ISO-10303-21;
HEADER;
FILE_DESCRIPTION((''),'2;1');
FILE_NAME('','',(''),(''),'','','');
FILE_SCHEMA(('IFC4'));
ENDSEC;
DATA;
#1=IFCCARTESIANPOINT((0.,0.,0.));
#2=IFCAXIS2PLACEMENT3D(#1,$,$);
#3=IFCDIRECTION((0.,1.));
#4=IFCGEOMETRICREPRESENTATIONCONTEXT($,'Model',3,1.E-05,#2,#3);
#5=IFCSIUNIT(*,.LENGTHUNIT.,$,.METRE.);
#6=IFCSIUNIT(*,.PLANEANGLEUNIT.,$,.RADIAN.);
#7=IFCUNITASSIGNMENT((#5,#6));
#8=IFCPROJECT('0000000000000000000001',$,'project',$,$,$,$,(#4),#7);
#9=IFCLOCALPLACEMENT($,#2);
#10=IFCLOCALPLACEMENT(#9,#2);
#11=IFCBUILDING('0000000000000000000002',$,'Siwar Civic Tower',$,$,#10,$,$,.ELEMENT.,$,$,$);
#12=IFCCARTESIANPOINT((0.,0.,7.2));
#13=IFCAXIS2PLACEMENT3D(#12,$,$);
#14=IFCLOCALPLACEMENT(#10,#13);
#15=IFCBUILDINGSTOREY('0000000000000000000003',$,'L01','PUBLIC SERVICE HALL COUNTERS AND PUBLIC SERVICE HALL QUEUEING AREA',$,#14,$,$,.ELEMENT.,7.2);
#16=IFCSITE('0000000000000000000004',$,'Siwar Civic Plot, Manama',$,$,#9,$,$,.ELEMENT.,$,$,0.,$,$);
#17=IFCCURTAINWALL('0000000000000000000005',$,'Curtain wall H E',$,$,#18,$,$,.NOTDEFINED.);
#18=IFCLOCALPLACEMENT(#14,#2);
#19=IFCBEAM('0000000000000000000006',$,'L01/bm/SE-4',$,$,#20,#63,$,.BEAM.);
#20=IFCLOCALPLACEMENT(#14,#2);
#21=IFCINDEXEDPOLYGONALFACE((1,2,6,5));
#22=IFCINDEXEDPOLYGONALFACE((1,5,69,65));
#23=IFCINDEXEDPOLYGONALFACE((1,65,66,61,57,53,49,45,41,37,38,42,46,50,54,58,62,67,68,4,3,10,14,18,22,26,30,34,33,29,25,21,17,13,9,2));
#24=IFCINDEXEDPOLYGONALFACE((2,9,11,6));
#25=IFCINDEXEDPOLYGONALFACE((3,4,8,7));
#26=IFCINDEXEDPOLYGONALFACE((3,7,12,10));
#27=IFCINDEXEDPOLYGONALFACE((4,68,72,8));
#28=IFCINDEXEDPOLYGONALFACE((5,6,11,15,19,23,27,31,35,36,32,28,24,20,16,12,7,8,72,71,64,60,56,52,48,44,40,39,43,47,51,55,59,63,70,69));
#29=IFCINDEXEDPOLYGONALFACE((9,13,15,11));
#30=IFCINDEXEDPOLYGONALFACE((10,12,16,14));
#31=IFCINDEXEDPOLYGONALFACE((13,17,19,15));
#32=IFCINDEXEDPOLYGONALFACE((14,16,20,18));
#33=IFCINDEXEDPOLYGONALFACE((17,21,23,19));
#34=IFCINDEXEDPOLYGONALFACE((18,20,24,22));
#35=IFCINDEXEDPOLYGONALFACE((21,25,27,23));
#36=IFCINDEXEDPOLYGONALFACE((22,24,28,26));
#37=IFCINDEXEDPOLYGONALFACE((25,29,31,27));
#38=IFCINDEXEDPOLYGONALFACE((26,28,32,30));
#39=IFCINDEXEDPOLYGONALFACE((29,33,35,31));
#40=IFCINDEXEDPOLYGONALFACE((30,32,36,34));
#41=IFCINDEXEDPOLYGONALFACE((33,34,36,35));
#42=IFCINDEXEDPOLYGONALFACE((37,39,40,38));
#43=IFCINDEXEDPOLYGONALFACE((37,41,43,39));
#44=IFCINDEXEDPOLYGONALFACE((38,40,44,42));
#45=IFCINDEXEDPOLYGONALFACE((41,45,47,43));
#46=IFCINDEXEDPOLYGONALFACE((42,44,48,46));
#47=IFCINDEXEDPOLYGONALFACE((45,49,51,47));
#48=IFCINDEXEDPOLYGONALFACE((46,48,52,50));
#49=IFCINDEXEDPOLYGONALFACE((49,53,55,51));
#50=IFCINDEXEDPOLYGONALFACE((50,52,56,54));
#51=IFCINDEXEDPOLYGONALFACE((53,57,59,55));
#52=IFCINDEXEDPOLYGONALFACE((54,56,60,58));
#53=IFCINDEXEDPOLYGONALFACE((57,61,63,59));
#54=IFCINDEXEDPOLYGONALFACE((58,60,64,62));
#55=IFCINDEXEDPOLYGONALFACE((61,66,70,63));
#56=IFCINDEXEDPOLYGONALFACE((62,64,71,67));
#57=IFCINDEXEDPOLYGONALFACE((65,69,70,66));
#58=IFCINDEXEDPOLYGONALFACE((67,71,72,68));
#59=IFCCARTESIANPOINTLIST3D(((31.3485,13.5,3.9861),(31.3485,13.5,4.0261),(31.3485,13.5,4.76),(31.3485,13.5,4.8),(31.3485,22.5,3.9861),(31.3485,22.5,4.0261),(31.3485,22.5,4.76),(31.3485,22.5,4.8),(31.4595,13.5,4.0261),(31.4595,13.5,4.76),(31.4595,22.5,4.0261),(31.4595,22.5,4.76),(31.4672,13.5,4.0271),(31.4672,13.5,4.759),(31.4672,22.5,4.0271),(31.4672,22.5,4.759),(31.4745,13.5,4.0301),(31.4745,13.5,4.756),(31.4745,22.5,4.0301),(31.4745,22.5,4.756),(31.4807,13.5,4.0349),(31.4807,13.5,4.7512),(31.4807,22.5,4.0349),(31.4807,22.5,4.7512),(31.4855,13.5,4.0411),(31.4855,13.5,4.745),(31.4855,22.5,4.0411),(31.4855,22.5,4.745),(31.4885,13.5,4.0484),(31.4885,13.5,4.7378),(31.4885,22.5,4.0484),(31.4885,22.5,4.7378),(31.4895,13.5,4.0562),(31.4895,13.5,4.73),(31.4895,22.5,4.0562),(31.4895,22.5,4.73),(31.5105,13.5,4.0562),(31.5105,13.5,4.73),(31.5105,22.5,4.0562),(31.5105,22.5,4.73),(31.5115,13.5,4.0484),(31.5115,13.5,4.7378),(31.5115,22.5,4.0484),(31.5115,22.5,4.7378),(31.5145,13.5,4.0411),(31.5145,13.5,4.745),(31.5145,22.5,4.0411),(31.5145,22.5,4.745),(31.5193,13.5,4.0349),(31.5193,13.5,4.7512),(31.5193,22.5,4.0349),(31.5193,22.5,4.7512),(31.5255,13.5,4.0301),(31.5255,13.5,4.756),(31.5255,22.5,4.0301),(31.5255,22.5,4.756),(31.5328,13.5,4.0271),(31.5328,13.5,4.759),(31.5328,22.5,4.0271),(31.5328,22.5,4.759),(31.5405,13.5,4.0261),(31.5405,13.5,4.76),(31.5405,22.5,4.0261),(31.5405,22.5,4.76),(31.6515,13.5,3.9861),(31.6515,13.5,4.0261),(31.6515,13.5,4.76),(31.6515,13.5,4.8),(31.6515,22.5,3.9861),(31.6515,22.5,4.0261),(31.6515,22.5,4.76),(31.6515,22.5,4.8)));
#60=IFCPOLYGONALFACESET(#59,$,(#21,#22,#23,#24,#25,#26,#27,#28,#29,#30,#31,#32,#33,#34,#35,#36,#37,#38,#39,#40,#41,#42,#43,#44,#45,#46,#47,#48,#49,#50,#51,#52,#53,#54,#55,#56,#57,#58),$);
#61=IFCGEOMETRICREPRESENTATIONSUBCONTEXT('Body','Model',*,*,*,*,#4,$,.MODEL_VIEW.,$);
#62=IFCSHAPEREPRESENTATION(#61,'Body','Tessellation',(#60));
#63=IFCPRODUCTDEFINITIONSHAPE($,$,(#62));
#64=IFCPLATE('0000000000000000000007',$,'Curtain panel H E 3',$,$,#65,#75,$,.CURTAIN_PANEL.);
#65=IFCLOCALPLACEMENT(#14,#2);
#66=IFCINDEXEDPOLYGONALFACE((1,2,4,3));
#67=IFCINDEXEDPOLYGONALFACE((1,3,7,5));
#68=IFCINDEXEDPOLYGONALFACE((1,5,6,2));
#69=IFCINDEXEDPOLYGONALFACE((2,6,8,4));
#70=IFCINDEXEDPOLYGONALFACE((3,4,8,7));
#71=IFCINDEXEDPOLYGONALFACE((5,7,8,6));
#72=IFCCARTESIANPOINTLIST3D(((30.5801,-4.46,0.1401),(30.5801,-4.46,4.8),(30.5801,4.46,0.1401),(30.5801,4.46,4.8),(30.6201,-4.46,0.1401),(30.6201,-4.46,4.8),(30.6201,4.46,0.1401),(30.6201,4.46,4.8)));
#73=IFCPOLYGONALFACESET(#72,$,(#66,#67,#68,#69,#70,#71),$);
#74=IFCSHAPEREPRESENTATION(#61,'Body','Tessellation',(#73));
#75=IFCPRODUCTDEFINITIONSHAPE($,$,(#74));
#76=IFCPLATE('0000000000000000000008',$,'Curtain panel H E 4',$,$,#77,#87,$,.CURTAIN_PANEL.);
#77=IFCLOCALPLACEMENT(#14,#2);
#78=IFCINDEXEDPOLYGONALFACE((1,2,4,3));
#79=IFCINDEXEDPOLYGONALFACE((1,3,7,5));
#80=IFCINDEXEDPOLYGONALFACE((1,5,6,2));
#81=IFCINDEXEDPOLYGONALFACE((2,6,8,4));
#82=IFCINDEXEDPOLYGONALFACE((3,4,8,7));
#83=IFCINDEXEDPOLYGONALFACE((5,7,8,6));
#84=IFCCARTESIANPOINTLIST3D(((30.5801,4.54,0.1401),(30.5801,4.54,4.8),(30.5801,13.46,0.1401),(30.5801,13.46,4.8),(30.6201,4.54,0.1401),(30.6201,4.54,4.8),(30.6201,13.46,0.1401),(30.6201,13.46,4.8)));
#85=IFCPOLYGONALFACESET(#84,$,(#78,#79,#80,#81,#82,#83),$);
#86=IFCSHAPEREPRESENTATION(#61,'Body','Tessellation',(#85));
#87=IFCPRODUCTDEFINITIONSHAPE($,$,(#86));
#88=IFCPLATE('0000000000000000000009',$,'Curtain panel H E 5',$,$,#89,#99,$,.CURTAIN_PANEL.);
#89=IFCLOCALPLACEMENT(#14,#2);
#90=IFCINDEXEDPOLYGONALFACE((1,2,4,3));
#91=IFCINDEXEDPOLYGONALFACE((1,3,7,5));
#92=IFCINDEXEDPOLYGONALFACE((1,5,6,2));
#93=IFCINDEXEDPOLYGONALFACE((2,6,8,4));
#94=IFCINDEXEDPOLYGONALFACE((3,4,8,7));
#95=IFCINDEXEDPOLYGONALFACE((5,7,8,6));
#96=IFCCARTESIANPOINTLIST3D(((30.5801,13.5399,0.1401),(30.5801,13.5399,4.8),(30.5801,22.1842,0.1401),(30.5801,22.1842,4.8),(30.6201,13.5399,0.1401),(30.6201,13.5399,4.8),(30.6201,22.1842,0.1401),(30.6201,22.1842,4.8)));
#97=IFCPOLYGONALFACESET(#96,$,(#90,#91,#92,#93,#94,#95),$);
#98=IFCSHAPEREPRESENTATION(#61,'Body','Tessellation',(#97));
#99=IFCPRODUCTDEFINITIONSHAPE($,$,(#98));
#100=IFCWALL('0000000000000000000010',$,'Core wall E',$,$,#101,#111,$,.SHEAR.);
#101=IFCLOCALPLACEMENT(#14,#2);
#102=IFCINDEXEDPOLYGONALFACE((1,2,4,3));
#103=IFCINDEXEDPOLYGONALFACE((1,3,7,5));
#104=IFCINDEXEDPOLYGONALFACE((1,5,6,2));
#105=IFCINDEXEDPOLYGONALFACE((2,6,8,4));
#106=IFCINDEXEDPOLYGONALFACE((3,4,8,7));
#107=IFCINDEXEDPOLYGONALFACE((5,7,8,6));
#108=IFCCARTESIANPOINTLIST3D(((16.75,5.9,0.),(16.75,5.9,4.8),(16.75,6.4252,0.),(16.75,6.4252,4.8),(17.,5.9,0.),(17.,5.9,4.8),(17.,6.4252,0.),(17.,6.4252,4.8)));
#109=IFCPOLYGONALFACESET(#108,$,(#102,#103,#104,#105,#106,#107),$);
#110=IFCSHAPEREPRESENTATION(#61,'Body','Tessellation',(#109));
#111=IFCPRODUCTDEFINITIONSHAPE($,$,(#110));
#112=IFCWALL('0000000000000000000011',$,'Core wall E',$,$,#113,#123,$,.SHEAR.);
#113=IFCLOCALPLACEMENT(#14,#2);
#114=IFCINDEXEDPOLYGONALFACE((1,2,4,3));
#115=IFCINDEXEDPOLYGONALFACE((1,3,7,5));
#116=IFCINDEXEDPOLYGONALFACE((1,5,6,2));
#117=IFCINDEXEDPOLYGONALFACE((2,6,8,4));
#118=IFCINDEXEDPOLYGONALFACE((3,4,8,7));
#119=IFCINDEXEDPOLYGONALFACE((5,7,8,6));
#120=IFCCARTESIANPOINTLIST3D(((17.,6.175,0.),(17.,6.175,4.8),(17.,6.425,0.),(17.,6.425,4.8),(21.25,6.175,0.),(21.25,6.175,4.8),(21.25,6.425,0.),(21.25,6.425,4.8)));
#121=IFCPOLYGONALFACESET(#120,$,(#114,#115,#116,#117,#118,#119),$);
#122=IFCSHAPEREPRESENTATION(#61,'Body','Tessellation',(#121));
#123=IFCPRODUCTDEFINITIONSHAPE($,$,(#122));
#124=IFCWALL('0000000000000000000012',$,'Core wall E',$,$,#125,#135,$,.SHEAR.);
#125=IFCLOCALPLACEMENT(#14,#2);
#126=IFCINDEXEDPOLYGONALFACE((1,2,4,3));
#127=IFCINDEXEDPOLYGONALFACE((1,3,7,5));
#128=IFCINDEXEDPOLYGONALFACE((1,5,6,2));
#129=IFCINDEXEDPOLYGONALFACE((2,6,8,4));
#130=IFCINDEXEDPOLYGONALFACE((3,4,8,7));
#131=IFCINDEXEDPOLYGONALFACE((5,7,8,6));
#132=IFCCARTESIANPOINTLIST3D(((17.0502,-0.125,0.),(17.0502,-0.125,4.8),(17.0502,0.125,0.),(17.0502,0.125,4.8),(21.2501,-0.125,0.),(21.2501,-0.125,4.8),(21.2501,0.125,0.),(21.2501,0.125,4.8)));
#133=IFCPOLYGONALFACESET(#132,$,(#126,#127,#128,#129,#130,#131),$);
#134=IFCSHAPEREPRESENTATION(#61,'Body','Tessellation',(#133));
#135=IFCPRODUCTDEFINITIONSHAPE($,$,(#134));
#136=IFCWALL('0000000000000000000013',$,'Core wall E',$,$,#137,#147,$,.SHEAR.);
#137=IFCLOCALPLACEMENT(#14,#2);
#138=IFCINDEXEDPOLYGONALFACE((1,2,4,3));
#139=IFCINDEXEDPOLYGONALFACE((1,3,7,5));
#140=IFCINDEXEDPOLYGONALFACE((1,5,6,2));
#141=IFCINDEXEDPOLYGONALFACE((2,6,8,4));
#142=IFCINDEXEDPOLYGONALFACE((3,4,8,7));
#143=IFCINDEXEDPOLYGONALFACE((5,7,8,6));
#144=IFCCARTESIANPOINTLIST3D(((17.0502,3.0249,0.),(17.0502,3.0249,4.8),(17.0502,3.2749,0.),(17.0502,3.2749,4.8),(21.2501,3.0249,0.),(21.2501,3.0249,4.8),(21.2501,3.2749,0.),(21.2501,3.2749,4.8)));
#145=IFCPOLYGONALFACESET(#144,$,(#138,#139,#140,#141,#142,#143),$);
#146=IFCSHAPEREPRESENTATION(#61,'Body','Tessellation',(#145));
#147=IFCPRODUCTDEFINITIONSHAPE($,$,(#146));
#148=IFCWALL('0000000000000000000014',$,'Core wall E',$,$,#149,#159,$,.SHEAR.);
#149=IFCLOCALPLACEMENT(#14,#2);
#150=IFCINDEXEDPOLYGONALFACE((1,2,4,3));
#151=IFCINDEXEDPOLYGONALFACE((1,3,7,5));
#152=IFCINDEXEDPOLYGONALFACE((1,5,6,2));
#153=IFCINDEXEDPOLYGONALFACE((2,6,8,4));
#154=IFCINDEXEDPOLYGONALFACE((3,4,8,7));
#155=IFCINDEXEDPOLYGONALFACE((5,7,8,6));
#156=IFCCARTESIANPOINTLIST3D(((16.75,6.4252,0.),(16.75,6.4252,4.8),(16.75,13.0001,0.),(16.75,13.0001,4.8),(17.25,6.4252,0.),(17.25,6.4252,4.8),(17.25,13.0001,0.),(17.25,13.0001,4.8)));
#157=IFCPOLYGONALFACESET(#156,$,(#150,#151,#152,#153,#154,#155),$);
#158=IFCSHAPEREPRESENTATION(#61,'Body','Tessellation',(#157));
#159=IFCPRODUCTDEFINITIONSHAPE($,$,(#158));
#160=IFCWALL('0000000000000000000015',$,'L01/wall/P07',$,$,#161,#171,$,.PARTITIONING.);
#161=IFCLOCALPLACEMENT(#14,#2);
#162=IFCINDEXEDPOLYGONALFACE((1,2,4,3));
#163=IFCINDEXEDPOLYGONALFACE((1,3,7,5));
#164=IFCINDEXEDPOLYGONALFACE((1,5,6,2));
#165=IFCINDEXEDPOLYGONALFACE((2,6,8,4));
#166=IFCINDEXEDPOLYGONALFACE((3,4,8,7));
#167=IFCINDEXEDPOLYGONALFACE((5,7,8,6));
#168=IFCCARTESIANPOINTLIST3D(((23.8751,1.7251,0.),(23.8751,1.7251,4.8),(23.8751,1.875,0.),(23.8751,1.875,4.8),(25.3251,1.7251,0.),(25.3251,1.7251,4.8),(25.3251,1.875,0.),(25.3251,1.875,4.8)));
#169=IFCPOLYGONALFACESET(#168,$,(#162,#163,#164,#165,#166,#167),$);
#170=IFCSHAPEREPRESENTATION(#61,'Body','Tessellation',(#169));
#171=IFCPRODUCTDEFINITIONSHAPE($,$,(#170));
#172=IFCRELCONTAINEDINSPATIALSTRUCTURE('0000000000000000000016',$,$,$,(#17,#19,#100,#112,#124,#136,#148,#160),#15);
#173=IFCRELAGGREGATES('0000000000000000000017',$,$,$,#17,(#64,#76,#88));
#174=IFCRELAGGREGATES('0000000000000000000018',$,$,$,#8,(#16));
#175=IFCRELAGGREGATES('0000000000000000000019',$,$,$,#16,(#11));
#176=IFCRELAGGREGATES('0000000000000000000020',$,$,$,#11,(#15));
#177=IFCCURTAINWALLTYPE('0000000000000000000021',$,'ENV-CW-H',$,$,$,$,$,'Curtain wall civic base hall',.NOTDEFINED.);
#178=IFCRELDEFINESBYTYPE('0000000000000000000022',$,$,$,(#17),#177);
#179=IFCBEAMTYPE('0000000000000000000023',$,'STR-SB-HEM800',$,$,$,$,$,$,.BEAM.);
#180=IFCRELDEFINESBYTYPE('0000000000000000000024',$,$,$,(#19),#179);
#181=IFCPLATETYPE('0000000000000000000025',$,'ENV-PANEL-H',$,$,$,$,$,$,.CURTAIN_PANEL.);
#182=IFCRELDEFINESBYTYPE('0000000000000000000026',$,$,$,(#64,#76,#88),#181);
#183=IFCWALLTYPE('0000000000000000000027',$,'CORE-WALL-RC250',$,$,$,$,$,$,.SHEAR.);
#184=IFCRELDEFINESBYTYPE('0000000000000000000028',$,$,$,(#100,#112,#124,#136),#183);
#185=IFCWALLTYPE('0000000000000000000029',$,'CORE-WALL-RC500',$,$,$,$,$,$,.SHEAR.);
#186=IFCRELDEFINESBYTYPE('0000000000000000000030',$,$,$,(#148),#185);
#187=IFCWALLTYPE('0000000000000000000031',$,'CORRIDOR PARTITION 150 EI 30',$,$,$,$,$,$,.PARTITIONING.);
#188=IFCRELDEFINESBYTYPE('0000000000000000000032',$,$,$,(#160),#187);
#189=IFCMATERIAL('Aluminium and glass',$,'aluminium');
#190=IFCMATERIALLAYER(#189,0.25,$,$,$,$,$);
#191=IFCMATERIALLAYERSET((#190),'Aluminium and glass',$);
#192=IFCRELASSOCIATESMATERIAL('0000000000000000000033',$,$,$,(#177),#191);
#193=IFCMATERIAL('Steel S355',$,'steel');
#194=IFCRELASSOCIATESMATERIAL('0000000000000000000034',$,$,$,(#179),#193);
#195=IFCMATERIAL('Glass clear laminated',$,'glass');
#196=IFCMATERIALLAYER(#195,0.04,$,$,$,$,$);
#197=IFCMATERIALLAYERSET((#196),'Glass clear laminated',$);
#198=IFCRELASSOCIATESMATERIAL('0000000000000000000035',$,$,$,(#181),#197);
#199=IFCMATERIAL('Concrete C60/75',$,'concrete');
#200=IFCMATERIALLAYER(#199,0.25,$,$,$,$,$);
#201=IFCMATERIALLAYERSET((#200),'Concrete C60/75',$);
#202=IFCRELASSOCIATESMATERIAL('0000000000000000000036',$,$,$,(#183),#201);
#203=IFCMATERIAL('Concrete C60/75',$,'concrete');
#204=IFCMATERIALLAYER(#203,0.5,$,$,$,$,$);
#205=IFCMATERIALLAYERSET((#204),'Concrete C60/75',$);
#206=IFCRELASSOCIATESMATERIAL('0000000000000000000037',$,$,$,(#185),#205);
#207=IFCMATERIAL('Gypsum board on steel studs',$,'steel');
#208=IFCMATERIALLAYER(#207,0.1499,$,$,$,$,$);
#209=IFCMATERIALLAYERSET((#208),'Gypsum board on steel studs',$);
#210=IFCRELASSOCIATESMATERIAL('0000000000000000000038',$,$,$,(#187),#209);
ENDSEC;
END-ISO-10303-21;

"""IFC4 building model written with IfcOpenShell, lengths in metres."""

from ifc_helpers import new_model, si_unit, direction, frame, frame_2d, origin, origin_2d, place, context, subcontext, project, spatial, rectangle, i_section, extrude, material, layer, layer_set, material_profile, profile_set, type_object, element, aggregate, save


model = new_model("IFC4")

# Units and contexts
model_context = context("Model", 3, precision=1e-05, world=origin(), true_north=direction((0.0, 1.0)))
body_context = subcontext(model_context, "Body", "Model", "MODEL_VIEW")
ifc_project = project(units=[si_unit("LENGTHUNIT", "METRE"), si_unit("PLANEANGLEUNIT", "RADIAN")], contexts=[model_context])

# Site, building, storey
site_placement = place(None, origin())
site = spatial("IfcSite", under=ifc_project, at=site_placement, Name="Siwar Civic Plot, Manama", CompositionType="ELEMENT", RefElevation=0.0)
building_placement = place(site_placement, origin())
building = spatial("IfcBuilding", under=site, at=building_placement, Name="Siwar Civic Tower", CompositionType="ELEMENT")
storey_placement = place(building_placement, frame((0.0, 0.0, 7.2)))
storey = spatial("IfcBuildingStorey", under=building, at=storey_placement, Name="L01", Description="PUBLIC SERVICE HALL COUNTERS AND PUBLIC SERVICE HALL QUEUEING AREA", CompositionType="ELEMENT", Elevation=7.2)

# Curtain wall
ifc_material_1 = material(Name="Aluminium and glass", Category="aluminium")
ifc_layer_1 = layer(ifc_material_1, 0.25)
ifc_layer_set_1 = layer_set([ifc_layer_1], Name="Aluminium and glass")
curtain_wall_type = type_object("IfcCurtainWallType", Name="ENV-CW-H", ElementType="Curtain wall civic base hall", PredefinedType="NOTDEFINED", material=ifc_layer_set_1)
curtain_wall_placement = place(storey_placement, origin())
curtain_wall = element("IfcCurtainWall", 1, at=curtain_wall_placement, inside=storey, type_object=curtain_wall_type, Name="Curtain wall H E", PredefinedType="NOTDEFINED")

# Beam
ifc_material_2 = material(Name="Steel S355", Category="steel")
ifc_material_profile_1 = material_profile(ifc_material_2, i_section(OverallWidth=0.303, OverallDepth=0.814, WebThickness=0.021, FlangeThickness=0.04, FilletRadius=0.03, at=origin_2d()), Name="HEM800")
ifc_profile_set_1 = profile_set([ifc_material_profile_1], Name="Steel S355")
beam_type_1 = type_object("IfcBeamType", Name="STR-SB-HEM800", PredefinedType="BEAM", material=ifc_profile_set_1)
for number, where, z_axis, x_axis, name in (
    (2, (31.5, 13.5, 4.3931), (0.0, 1.0, 0.0), (-1.0, 0.0, 0.0), "L01/bm/SE-4"),
):
    element("IfcBeam", number, at=place(storey_placement, frame(where, z_axis=z_axis, x_axis=x_axis)), inside=storey, type_object=beam_type_1, Name=name, PredefinedType="BEAM", context=body_context, shape_type="SweptSolid", body=[
        extrude(i_section(OverallWidth=0.303, OverallDepth=0.814, WebThickness=0.021, FlangeThickness=0.04, FilletRadius=0.03, at=origin_2d()), origin(), (0.0, 0.0, 1.0), 9.0),
    ])

# Plates
ifc_material_3 = material(Name="Glass clear laminated", Category="glass")
ifc_layer_2 = layer(ifc_material_3, 0.04)
ifc_layer_set_2 = layer_set([ifc_layer_2], Name="Glass clear laminated")
plate_type = type_object("IfcPlateType", Name="ENV-PANEL-H", PredefinedType="CURTAIN_PANEL", material=ifc_layer_set_2)
plate_1_placement = place(storey_placement, frame((30.6001, 0.0, 0.1401), z_axis=(0.0, 0.0, 1.0), x_axis=(0.0, 1.0, 0.0)))
plate_1 = element("IfcPlate", 3, at=plate_1_placement, type_object=plate_type, Name="Curtain panel H E 3", PredefinedType="CURTAIN_PANEL", context=body_context, shape_type="SweptSolid", body=[
    extrude(rectangle(XDim=8.9199, YDim=0.04, at=origin_2d()), origin(), (0.0, 0.0, 1.0), 4.6599),
])
plate_2_placement = place(storey_placement, frame((30.6001, 9.0, 0.1401), z_axis=(0.0, 0.0, 1.0), x_axis=(0.0, 1.0, 0.0)))
plate_2 = element("IfcPlate", 4, at=plate_2_placement, type_object=plate_type, Name="Curtain panel H E 4", PredefinedType="CURTAIN_PANEL", context=body_context, shape_type="SweptSolid", body=[
    extrude(rectangle(XDim=8.9199, YDim=0.04, at=origin_2d()), origin(), (0.0, 0.0, 1.0), 4.6599),
])
plate_3_placement = place(storey_placement, frame((30.6001, 17.8621, 0.1401), z_axis=(0.0, 0.0, 1.0), x_axis=(0.0, 1.0, 0.0)))
plate_3 = element("IfcPlate", 5, at=plate_3_placement, type_object=plate_type, Name="Curtain panel H E 5", PredefinedType="CURTAIN_PANEL", context=body_context, shape_type="SweptSolid", body=[
    extrude(rectangle(XDim=8.6443, YDim=0.04, at=origin_2d()), origin(), (0.0, 0.0, 1.0), 4.6599),
])
aggregate(curtain_wall, [plate_1, plate_2, plate_3])

# Walls
ifc_material_4 = material(Name="Concrete C60/75", Category="concrete")
ifc_layer_3 = layer(ifc_material_4, 0.25)
ifc_layer_set_3 = layer_set([ifc_layer_3], Name="Concrete C60/75")
wall_type_1 = type_object("IfcWallType", Name="CORE-WALL-RC250", PredefinedType="SHEAR", material=ifc_layer_set_3)
wall_1_placement = place(storey_placement, frame((16.875, 5.8999, 0.0), z_axis=(0.0, 0.0, 1.0), x_axis=(0.0, 1.0, 0.0)))
element("IfcWall", 6, at=wall_1_placement, inside=storey, type_object=wall_type_1, Name="Core wall E", PredefinedType="SHEAR", context=body_context, shape_type="SweptSolid", body=[
    extrude(rectangle(XDim=0.5251, YDim=0.25, at=frame_2d((0.2627, 0.0))), origin(), (0.0, 0.0, 1.0), 4.8),
])
wall_2_placement = place(storey_placement, frame((17.0, 6.3, 0.0), z_axis=(0.0, 0.0, 1.0), x_axis=(1.0, 0.0, 0.0)))
element("IfcWall", 7, at=wall_2_placement, inside=storey, type_object=wall_type_1, Name="Core wall E", PredefinedType="SHEAR", context=body_context, shape_type="SweptSolid", body=[
    extrude(rectangle(XDim=4.25, YDim=0.25, at=frame_2d((2.125, 0.0))), origin(), (0.0, 0.0, 1.0), 4.8),
])
for number, where, z_axis, x_axis, name in (
    (8, (17.05, 0.0, 0.0), (0.0, 0.0, 1.0), (1.0, 0.0, 0.0), "Core wall E"),
    (9, (17.05, 3.1499, 0.0), (0.0, 0.0, 1.0), (1.0, 0.0, 0.0), "Core wall E"),
):
    element("IfcWall", number, at=place(storey_placement, frame(where, z_axis=z_axis, x_axis=x_axis)), inside=storey, type_object=wall_type_1, Name=name, PredefinedType="SHEAR", context=body_context, shape_type="SweptSolid", body=[
        extrude(rectangle(XDim=4.2, YDim=0.25, at=frame_2d((2.1001, 0.0))), origin(), (0.0, 0.0, 1.0), 4.8),
    ])
ifc_material_5 = material(Name="Concrete C60/75", Category="concrete")
ifc_layer_4 = layer(ifc_material_5, 0.5)
ifc_layer_set_4 = layer_set([ifc_layer_4], Name="Concrete C60/75")
wall_type_2 = type_object("IfcWallType", Name="CORE-WALL-RC500", PredefinedType="SHEAR", material=ifc_layer_set_4)
wall_3_placement = place(storey_placement, frame((17.0, 6.425, 0.0), z_axis=(0.0, 0.0, 1.0), x_axis=(0.0, 1.0, 0.0)))
element("IfcWall", 10, at=wall_3_placement, inside=storey, type_object=wall_type_2, Name="Core wall E", PredefinedType="SHEAR", context=body_context, shape_type="SweptSolid", body=[
    extrude(rectangle(XDim=6.575, YDim=0.5, at=frame_2d((3.2876, 0.0))), origin(), (0.0, 0.0, 1.0), 4.8),
])
ifc_material_6 = material(Name="Gypsum board on steel studs", Category="steel")
ifc_layer_5 = layer(ifc_material_6, 0.1499)
ifc_layer_set_5 = layer_set([ifc_layer_5], Name="Gypsum board on steel studs")
wall_type_3 = type_object("IfcWallType", Name="CORRIDOR PARTITION 150 EI 30", PredefinedType="PARTITIONING", material=ifc_layer_set_5)
wall_4_placement = place(storey_placement, frame((23.875, 1.8, 0.0), z_axis=(0.0, 0.0, 1.0), x_axis=(1.0, 0.0, 0.0)))
element("IfcWall", 11, at=wall_4_placement, inside=storey, type_object=wall_type_3, Name="L01/wall/P07", PredefinedType="PARTITIONING", context=body_context, shape_type="SweptSolid", body=[
    extrude(rectangle(XDim=1.45, YDim=0.1499, at=frame_2d((0.7251, 0.0))), origin(), (0.0, 0.0, 1.0), 4.8),
])

save(model, "model.ifc")
